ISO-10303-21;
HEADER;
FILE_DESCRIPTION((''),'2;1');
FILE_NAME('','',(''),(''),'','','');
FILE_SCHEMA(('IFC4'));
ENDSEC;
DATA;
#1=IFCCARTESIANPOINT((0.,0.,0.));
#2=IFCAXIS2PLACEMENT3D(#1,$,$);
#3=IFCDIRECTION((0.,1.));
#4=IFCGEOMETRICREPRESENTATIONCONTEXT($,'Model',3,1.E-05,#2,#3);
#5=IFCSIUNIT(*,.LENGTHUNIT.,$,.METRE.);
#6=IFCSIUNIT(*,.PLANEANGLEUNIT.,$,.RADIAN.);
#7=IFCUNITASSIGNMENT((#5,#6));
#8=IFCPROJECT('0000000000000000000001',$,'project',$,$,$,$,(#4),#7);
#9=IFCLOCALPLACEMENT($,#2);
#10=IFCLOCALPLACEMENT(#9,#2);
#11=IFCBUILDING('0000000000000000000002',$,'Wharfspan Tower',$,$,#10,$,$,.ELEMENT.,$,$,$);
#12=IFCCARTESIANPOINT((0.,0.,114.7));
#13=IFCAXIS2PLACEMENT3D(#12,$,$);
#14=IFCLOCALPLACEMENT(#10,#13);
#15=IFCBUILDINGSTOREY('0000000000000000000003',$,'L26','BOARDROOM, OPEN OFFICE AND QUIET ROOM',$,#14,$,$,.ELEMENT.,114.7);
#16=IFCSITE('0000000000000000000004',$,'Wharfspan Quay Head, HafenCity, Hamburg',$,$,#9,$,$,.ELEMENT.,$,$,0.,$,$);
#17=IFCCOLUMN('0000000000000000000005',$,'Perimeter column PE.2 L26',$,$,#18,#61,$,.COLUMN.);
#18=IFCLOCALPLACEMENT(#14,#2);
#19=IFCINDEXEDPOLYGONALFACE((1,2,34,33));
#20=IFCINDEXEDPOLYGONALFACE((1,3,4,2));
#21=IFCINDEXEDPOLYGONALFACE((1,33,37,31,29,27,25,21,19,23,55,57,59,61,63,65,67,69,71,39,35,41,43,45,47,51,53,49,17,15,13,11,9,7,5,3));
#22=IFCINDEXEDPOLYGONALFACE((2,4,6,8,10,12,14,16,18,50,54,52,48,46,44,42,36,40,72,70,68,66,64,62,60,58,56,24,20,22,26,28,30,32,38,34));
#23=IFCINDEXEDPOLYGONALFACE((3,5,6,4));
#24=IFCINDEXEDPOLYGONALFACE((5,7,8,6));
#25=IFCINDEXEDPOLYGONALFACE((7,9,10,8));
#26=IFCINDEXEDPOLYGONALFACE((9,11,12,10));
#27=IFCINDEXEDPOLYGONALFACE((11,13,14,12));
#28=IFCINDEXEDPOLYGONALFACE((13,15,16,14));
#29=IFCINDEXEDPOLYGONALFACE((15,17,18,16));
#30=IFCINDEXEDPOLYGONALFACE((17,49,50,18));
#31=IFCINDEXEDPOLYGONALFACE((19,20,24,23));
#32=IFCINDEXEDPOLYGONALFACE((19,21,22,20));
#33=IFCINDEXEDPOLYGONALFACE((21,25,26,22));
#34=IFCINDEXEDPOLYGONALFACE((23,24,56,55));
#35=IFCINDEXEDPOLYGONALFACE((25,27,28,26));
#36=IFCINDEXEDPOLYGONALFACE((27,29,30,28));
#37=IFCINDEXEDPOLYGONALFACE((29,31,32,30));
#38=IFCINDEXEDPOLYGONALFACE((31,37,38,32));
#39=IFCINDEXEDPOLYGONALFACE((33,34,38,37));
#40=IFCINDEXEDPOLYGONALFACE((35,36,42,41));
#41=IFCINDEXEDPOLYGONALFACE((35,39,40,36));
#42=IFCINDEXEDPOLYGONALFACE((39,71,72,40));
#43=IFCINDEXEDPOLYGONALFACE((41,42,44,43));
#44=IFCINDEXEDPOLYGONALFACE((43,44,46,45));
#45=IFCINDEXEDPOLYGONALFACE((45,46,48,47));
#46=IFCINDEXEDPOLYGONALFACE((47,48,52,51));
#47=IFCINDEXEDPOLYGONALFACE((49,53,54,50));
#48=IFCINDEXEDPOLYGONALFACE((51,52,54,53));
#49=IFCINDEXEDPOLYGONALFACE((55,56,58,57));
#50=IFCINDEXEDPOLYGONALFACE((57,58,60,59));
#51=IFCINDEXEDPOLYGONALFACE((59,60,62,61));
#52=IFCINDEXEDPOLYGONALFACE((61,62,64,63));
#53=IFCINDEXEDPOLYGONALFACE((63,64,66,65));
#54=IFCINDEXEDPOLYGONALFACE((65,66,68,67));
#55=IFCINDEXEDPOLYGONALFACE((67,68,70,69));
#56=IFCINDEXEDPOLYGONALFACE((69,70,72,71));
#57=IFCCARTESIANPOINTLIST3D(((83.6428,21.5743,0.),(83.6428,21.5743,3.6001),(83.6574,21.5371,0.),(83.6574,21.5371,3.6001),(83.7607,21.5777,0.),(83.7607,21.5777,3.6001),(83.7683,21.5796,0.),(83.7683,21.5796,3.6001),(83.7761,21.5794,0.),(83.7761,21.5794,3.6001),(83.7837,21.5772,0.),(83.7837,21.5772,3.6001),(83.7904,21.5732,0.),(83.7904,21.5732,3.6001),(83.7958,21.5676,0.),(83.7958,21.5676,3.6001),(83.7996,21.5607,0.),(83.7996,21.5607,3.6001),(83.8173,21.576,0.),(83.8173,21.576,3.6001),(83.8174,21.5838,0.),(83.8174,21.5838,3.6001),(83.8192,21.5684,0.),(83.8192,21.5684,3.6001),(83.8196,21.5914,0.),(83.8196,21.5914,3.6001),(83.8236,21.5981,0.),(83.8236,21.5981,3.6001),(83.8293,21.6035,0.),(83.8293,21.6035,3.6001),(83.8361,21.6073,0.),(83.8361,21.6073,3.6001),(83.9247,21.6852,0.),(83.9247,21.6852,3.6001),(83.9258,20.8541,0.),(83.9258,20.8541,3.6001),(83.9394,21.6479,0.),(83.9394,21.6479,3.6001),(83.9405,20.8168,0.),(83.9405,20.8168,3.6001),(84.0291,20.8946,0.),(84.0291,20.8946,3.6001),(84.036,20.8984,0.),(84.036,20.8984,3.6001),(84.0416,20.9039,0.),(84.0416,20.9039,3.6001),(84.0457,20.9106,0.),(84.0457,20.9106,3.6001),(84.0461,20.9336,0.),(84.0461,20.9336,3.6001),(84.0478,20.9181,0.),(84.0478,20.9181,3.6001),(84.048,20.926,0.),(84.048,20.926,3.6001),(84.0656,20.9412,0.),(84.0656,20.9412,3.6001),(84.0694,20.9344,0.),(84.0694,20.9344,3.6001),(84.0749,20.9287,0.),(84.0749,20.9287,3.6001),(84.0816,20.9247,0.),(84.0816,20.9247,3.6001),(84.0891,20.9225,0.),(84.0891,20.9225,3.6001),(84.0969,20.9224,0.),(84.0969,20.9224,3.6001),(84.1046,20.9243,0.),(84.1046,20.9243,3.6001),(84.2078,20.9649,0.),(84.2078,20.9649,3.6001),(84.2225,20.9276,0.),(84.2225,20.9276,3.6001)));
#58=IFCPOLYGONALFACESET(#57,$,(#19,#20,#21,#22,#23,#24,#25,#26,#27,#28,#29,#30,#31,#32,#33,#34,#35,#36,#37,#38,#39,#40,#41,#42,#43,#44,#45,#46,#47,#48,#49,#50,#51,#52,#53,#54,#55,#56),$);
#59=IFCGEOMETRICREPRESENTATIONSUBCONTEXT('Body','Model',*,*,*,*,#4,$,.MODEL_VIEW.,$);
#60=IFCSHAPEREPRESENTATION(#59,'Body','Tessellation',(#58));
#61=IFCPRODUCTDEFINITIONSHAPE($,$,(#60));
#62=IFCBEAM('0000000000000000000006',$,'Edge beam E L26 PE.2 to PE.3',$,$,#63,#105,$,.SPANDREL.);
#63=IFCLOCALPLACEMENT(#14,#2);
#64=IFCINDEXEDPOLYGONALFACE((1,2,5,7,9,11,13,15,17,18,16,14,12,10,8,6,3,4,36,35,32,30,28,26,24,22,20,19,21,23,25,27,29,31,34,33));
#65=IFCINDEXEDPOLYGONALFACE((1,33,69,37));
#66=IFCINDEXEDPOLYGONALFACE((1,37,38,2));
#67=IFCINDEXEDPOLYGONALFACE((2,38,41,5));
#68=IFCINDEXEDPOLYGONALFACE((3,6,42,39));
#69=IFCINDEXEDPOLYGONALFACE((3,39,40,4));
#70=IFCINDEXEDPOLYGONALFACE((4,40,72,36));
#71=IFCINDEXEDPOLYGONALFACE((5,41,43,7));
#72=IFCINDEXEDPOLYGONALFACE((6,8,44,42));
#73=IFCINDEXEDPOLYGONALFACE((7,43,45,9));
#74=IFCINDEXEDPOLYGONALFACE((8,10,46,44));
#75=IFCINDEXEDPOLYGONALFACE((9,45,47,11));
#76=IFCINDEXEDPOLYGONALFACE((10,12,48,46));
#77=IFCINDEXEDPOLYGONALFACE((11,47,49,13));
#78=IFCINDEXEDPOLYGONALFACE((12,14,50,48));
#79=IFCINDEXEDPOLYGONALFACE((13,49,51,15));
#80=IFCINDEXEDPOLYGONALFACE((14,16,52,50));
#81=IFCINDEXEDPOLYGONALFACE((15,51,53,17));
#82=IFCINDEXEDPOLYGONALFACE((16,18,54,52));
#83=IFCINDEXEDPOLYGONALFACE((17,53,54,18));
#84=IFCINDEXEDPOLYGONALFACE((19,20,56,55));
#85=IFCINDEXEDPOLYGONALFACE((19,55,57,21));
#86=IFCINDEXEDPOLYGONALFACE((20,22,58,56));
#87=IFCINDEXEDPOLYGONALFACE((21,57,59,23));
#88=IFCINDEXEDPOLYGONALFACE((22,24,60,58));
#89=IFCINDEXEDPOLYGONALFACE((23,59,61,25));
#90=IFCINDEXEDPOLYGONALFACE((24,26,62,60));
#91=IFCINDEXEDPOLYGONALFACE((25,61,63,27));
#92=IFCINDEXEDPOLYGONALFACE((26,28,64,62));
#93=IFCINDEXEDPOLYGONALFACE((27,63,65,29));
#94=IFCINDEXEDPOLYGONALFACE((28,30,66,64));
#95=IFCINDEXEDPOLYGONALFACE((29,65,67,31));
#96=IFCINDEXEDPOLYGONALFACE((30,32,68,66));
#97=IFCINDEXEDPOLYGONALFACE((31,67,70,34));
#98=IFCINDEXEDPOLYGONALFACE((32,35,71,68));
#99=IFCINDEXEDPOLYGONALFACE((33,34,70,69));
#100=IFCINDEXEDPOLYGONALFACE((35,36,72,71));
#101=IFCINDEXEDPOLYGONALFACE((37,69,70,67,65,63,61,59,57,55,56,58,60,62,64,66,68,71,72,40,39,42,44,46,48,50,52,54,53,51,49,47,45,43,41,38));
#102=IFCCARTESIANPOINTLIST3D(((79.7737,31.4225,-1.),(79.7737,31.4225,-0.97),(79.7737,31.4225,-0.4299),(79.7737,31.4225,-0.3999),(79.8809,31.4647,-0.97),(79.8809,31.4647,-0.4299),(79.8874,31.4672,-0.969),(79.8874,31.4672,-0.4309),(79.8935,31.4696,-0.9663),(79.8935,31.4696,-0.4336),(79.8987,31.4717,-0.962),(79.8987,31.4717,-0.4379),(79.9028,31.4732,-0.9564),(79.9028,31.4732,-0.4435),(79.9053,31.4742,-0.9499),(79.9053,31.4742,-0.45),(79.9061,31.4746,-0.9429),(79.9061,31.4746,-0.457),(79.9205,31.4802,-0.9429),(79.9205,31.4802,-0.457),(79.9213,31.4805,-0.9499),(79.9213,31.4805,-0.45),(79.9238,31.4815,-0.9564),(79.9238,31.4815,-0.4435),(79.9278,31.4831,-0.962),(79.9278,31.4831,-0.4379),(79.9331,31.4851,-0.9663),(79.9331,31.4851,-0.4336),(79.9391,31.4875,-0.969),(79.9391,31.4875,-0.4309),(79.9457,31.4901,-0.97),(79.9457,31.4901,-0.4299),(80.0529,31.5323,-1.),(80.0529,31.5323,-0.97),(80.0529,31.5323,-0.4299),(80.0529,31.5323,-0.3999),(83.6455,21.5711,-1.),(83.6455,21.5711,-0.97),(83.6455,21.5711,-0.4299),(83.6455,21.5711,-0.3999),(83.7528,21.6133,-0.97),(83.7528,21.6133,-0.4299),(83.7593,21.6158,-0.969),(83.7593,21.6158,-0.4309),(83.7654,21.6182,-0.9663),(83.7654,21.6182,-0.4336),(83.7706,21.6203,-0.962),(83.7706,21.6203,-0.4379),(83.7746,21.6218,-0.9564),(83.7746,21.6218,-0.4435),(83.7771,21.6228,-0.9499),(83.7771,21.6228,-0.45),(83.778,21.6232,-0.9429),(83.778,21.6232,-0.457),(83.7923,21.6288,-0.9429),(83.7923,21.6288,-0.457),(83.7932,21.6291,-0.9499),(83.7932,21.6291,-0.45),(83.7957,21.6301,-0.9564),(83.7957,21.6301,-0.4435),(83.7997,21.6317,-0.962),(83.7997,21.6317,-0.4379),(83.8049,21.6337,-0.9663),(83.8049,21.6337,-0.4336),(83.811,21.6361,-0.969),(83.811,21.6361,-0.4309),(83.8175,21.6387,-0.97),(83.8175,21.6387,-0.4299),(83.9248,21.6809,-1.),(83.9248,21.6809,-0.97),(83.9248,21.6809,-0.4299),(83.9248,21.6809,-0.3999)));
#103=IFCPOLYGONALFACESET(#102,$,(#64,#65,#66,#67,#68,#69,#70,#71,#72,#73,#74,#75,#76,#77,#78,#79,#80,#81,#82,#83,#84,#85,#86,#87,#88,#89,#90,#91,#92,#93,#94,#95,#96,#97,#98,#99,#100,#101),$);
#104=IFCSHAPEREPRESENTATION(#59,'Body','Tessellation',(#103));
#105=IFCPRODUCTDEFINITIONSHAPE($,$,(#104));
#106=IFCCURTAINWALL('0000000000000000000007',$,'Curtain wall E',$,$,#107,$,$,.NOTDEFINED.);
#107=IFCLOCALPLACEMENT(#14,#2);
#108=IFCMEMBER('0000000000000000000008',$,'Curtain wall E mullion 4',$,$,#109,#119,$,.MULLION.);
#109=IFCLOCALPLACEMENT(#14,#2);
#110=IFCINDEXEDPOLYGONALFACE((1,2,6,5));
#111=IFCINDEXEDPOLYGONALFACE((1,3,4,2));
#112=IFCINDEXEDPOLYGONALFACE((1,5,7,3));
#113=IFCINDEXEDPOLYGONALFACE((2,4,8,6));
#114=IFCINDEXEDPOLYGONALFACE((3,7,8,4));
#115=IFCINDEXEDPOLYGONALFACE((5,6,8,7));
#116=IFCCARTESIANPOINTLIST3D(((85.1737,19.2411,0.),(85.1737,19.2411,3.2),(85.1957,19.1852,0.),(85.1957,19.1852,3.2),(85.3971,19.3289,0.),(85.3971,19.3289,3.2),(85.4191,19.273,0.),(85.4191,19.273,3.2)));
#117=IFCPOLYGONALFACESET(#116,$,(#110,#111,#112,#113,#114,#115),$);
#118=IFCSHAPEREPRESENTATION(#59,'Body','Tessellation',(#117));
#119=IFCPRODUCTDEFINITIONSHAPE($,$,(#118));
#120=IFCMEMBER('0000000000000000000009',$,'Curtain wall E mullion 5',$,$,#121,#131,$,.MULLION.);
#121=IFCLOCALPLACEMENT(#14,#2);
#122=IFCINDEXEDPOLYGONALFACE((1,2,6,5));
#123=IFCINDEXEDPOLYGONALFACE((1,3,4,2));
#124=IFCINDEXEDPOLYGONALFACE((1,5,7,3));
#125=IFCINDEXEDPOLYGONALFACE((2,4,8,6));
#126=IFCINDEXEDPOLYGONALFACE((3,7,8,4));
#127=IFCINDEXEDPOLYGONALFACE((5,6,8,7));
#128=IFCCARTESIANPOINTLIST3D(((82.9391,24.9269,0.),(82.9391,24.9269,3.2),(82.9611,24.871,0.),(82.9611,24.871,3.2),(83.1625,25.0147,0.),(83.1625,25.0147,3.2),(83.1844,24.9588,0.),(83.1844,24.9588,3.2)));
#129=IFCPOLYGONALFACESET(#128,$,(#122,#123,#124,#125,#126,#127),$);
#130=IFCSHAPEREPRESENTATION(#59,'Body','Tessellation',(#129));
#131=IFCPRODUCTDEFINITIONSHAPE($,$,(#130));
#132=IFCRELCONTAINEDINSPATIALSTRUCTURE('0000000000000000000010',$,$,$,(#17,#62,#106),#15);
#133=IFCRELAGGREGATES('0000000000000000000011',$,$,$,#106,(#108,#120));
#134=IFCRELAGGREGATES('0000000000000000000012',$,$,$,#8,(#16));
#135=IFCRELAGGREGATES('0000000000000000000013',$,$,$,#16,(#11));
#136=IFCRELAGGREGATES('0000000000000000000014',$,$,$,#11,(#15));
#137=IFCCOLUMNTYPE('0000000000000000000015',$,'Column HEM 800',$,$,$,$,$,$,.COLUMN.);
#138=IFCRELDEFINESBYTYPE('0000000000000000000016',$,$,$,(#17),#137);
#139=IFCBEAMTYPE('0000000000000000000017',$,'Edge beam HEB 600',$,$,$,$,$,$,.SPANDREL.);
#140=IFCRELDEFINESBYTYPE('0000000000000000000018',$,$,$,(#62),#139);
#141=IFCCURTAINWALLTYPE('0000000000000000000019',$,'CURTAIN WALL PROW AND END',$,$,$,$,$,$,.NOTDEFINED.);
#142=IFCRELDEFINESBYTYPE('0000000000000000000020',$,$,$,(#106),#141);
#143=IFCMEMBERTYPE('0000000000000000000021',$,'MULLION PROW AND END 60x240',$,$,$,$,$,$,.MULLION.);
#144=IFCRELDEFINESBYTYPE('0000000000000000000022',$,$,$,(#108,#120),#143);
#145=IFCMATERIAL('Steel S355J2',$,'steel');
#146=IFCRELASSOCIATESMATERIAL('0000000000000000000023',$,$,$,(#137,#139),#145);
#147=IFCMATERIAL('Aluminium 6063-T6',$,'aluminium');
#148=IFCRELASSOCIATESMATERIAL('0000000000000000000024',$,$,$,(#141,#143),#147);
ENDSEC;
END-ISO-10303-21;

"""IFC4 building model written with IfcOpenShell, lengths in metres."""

from ifc_helpers import new_model, si_unit, direction, frame, origin, origin_2d, place, context, subcontext, project, spatial, rectangle, i_section, extrude, material, material_profile, profile_set, type_object, element, aggregate, save


model = new_model("IFC4")

# Units and contexts
model_context = context("Model", 3, precision=1e-05, world=origin(), true_north=direction((0.0, 1.0)))
body_context = subcontext(model_context, "Body", "Model", "MODEL_VIEW")
ifc_project = project(units=[si_unit("LENGTHUNIT", "METRE"), si_unit("PLANEANGLEUNIT", "RADIAN")], contexts=[model_context])

# Site, building, storey
site_placement = place(None, origin())
site = spatial("IfcSite", under=ifc_project, at=site_placement, Name="Wharfspan Quay Head, HafenCity, Hamburg", CompositionType="ELEMENT", RefElevation=0.0)
building_placement = place(site_placement, origin())
building = spatial("IfcBuilding", under=site, at=building_placement, Name="Wharfspan Tower", CompositionType="ELEMENT")
storey_placement = place(building_placement, frame((0.0, 0.0, 114.7)))
storey = spatial("IfcBuildingStorey", under=building, at=storey_placement, Name="L26", Description="BOARDROOM, OPEN OFFICE AND QUIET ROOM", CompositionType="ELEMENT", Elevation=114.7)

# Column
ifc_material_1 = material(Name="Steel S355J2", Category="steel")
ifc_material_profile_1 = material_profile(ifc_material_1, i_section(OverallWidth=0.303, OverallDepth=0.814, WebThickness=0.021, FlangeThickness=0.04, FilletRadius=0.03, at=origin_2d()))
ifc_profile_set_1 = profile_set([ifc_material_profile_1], Name="Steel S355J2")
column_type = type_object("IfcColumnType", Name="Column HEM 800", PredefinedType="COLUMN", material=ifc_profile_set_1)
column_placement = place(storey_placement, frame((83.9326, 21.251, 0.0), z_axis=(0.0, 0.0, 1.0), x_axis=(0.930702, 0.365778, 0.0)))
element("IfcColumn", 1, at=column_placement, inside=storey, type_object=column_type, Name="Perimeter column PE.2 L26", PredefinedType="COLUMN", context=body_context, shape_type="SweptSolid", body=[
    extrude(i_section(OverallWidth=0.303, OverallDepth=0.814, WebThickness=0.021, FlangeThickness=0.04, FilletRadius=0.03, at=origin_2d()), origin(), (0.0, 0.0, 1.0), 3.6001),
])

# Beam
ifc_material_profile_2 = material_profile(ifc_material_1, i_section(OverallWidth=0.3, OverallDepth=0.6001, WebThickness=0.0154, FlangeThickness=0.03, FilletRadius=0.0271, at=origin_2d()))
ifc_profile_set_2 = profile_set([ifc_material_profile_2], Name="Steel S355J2")
beam_type = type_object("IfcBeamType", Name="Edge beam HEB 600", PredefinedType="SPANDREL", material=ifc_profile_set_2)
beam_placement = place(storey_placement, frame((83.7852, 21.626, -0.7), z_axis=(-0.365789, 0.930698, 0.0), x_axis=(-0.930698, -0.365789, 0.0)))
element("IfcBeam", 2, at=beam_placement, inside=storey, type_object=beam_type, Name="Edge beam E L26 PE.2 to PE.3", PredefinedType="SPANDREL", context=body_context, shape_type="SweptSolid", body=[
    extrude(i_section(OverallWidth=0.3, OverallDepth=0.6001, WebThickness=0.0154, FlangeThickness=0.03, FilletRadius=0.0271, at=origin_2d()), origin(), (0.0, 0.0, 1.0), 10.585),
])

# Curtain wall, members
ifc_material_2 = material(Name="Aluminium 6063-T6", Category="aluminium")
curtain_wall_type = type_object("IfcCurtainWallType", Name="CURTAIN WALL PROW AND END", PredefinedType="NOTDEFINED", material=ifc_material_2)
curtain_wall_placement = place(storey_placement, origin())
curtain_wall = element("IfcCurtainWall", 3, at=curtain_wall_placement, inside=storey, type_object=curtain_wall_type, Name="Curtain wall E", PredefinedType="NOTDEFINED")
ifc_material_profile_3 = material_profile(ifc_material_2, rectangle(XDim=0.24, YDim=0.0601, at=origin_2d()))
ifc_profile_set_3 = profile_set([ifc_material_profile_3], Name="Aluminium 6063-T6")
member_type_1 = type_object("IfcMemberType", Name="MULLION PROW AND END 60x240", PredefinedType="MULLION", material=ifc_profile_set_3)
member_1_placement = place(storey_placement, frame((85.2964, 19.2571, 0.0), z_axis=(0.0, 0.0, 1.0), x_axis=(-0.930702, -0.365778, 0.0)))
member_1 = element("IfcMember", 4, at=member_1_placement, type_object=member_type_1, Name="Curtain wall E mullion 4", PredefinedType="MULLION", context=body_context, shape_type="SweptSolid", body=[
    extrude(rectangle(XDim=0.24, YDim=0.0601, at=origin_2d()), origin(), (0.0, 0.0, 1.0), 3.2),
])
member_2_placement = place(storey_placement, frame((83.0618, 24.9429, 0.0), z_axis=(0.0, 0.0, 1.0), x_axis=(-0.930702, -0.365778, 0.0)))
member_2 = element("IfcMember", 5, at=member_2_placement, type_object=member_type_1, Name="Curtain wall E mullion 5", PredefinedType="MULLION", context=body_context, shape_type="SweptSolid", body=[
    extrude(rectangle(XDim=0.24, YDim=0.0601, at=origin_2d()), origin(), (0.0, 0.0, 1.0), 3.2),
])

aggregate(curtain_wall, [member_1, member_2])

save(model, "model.ifc")
